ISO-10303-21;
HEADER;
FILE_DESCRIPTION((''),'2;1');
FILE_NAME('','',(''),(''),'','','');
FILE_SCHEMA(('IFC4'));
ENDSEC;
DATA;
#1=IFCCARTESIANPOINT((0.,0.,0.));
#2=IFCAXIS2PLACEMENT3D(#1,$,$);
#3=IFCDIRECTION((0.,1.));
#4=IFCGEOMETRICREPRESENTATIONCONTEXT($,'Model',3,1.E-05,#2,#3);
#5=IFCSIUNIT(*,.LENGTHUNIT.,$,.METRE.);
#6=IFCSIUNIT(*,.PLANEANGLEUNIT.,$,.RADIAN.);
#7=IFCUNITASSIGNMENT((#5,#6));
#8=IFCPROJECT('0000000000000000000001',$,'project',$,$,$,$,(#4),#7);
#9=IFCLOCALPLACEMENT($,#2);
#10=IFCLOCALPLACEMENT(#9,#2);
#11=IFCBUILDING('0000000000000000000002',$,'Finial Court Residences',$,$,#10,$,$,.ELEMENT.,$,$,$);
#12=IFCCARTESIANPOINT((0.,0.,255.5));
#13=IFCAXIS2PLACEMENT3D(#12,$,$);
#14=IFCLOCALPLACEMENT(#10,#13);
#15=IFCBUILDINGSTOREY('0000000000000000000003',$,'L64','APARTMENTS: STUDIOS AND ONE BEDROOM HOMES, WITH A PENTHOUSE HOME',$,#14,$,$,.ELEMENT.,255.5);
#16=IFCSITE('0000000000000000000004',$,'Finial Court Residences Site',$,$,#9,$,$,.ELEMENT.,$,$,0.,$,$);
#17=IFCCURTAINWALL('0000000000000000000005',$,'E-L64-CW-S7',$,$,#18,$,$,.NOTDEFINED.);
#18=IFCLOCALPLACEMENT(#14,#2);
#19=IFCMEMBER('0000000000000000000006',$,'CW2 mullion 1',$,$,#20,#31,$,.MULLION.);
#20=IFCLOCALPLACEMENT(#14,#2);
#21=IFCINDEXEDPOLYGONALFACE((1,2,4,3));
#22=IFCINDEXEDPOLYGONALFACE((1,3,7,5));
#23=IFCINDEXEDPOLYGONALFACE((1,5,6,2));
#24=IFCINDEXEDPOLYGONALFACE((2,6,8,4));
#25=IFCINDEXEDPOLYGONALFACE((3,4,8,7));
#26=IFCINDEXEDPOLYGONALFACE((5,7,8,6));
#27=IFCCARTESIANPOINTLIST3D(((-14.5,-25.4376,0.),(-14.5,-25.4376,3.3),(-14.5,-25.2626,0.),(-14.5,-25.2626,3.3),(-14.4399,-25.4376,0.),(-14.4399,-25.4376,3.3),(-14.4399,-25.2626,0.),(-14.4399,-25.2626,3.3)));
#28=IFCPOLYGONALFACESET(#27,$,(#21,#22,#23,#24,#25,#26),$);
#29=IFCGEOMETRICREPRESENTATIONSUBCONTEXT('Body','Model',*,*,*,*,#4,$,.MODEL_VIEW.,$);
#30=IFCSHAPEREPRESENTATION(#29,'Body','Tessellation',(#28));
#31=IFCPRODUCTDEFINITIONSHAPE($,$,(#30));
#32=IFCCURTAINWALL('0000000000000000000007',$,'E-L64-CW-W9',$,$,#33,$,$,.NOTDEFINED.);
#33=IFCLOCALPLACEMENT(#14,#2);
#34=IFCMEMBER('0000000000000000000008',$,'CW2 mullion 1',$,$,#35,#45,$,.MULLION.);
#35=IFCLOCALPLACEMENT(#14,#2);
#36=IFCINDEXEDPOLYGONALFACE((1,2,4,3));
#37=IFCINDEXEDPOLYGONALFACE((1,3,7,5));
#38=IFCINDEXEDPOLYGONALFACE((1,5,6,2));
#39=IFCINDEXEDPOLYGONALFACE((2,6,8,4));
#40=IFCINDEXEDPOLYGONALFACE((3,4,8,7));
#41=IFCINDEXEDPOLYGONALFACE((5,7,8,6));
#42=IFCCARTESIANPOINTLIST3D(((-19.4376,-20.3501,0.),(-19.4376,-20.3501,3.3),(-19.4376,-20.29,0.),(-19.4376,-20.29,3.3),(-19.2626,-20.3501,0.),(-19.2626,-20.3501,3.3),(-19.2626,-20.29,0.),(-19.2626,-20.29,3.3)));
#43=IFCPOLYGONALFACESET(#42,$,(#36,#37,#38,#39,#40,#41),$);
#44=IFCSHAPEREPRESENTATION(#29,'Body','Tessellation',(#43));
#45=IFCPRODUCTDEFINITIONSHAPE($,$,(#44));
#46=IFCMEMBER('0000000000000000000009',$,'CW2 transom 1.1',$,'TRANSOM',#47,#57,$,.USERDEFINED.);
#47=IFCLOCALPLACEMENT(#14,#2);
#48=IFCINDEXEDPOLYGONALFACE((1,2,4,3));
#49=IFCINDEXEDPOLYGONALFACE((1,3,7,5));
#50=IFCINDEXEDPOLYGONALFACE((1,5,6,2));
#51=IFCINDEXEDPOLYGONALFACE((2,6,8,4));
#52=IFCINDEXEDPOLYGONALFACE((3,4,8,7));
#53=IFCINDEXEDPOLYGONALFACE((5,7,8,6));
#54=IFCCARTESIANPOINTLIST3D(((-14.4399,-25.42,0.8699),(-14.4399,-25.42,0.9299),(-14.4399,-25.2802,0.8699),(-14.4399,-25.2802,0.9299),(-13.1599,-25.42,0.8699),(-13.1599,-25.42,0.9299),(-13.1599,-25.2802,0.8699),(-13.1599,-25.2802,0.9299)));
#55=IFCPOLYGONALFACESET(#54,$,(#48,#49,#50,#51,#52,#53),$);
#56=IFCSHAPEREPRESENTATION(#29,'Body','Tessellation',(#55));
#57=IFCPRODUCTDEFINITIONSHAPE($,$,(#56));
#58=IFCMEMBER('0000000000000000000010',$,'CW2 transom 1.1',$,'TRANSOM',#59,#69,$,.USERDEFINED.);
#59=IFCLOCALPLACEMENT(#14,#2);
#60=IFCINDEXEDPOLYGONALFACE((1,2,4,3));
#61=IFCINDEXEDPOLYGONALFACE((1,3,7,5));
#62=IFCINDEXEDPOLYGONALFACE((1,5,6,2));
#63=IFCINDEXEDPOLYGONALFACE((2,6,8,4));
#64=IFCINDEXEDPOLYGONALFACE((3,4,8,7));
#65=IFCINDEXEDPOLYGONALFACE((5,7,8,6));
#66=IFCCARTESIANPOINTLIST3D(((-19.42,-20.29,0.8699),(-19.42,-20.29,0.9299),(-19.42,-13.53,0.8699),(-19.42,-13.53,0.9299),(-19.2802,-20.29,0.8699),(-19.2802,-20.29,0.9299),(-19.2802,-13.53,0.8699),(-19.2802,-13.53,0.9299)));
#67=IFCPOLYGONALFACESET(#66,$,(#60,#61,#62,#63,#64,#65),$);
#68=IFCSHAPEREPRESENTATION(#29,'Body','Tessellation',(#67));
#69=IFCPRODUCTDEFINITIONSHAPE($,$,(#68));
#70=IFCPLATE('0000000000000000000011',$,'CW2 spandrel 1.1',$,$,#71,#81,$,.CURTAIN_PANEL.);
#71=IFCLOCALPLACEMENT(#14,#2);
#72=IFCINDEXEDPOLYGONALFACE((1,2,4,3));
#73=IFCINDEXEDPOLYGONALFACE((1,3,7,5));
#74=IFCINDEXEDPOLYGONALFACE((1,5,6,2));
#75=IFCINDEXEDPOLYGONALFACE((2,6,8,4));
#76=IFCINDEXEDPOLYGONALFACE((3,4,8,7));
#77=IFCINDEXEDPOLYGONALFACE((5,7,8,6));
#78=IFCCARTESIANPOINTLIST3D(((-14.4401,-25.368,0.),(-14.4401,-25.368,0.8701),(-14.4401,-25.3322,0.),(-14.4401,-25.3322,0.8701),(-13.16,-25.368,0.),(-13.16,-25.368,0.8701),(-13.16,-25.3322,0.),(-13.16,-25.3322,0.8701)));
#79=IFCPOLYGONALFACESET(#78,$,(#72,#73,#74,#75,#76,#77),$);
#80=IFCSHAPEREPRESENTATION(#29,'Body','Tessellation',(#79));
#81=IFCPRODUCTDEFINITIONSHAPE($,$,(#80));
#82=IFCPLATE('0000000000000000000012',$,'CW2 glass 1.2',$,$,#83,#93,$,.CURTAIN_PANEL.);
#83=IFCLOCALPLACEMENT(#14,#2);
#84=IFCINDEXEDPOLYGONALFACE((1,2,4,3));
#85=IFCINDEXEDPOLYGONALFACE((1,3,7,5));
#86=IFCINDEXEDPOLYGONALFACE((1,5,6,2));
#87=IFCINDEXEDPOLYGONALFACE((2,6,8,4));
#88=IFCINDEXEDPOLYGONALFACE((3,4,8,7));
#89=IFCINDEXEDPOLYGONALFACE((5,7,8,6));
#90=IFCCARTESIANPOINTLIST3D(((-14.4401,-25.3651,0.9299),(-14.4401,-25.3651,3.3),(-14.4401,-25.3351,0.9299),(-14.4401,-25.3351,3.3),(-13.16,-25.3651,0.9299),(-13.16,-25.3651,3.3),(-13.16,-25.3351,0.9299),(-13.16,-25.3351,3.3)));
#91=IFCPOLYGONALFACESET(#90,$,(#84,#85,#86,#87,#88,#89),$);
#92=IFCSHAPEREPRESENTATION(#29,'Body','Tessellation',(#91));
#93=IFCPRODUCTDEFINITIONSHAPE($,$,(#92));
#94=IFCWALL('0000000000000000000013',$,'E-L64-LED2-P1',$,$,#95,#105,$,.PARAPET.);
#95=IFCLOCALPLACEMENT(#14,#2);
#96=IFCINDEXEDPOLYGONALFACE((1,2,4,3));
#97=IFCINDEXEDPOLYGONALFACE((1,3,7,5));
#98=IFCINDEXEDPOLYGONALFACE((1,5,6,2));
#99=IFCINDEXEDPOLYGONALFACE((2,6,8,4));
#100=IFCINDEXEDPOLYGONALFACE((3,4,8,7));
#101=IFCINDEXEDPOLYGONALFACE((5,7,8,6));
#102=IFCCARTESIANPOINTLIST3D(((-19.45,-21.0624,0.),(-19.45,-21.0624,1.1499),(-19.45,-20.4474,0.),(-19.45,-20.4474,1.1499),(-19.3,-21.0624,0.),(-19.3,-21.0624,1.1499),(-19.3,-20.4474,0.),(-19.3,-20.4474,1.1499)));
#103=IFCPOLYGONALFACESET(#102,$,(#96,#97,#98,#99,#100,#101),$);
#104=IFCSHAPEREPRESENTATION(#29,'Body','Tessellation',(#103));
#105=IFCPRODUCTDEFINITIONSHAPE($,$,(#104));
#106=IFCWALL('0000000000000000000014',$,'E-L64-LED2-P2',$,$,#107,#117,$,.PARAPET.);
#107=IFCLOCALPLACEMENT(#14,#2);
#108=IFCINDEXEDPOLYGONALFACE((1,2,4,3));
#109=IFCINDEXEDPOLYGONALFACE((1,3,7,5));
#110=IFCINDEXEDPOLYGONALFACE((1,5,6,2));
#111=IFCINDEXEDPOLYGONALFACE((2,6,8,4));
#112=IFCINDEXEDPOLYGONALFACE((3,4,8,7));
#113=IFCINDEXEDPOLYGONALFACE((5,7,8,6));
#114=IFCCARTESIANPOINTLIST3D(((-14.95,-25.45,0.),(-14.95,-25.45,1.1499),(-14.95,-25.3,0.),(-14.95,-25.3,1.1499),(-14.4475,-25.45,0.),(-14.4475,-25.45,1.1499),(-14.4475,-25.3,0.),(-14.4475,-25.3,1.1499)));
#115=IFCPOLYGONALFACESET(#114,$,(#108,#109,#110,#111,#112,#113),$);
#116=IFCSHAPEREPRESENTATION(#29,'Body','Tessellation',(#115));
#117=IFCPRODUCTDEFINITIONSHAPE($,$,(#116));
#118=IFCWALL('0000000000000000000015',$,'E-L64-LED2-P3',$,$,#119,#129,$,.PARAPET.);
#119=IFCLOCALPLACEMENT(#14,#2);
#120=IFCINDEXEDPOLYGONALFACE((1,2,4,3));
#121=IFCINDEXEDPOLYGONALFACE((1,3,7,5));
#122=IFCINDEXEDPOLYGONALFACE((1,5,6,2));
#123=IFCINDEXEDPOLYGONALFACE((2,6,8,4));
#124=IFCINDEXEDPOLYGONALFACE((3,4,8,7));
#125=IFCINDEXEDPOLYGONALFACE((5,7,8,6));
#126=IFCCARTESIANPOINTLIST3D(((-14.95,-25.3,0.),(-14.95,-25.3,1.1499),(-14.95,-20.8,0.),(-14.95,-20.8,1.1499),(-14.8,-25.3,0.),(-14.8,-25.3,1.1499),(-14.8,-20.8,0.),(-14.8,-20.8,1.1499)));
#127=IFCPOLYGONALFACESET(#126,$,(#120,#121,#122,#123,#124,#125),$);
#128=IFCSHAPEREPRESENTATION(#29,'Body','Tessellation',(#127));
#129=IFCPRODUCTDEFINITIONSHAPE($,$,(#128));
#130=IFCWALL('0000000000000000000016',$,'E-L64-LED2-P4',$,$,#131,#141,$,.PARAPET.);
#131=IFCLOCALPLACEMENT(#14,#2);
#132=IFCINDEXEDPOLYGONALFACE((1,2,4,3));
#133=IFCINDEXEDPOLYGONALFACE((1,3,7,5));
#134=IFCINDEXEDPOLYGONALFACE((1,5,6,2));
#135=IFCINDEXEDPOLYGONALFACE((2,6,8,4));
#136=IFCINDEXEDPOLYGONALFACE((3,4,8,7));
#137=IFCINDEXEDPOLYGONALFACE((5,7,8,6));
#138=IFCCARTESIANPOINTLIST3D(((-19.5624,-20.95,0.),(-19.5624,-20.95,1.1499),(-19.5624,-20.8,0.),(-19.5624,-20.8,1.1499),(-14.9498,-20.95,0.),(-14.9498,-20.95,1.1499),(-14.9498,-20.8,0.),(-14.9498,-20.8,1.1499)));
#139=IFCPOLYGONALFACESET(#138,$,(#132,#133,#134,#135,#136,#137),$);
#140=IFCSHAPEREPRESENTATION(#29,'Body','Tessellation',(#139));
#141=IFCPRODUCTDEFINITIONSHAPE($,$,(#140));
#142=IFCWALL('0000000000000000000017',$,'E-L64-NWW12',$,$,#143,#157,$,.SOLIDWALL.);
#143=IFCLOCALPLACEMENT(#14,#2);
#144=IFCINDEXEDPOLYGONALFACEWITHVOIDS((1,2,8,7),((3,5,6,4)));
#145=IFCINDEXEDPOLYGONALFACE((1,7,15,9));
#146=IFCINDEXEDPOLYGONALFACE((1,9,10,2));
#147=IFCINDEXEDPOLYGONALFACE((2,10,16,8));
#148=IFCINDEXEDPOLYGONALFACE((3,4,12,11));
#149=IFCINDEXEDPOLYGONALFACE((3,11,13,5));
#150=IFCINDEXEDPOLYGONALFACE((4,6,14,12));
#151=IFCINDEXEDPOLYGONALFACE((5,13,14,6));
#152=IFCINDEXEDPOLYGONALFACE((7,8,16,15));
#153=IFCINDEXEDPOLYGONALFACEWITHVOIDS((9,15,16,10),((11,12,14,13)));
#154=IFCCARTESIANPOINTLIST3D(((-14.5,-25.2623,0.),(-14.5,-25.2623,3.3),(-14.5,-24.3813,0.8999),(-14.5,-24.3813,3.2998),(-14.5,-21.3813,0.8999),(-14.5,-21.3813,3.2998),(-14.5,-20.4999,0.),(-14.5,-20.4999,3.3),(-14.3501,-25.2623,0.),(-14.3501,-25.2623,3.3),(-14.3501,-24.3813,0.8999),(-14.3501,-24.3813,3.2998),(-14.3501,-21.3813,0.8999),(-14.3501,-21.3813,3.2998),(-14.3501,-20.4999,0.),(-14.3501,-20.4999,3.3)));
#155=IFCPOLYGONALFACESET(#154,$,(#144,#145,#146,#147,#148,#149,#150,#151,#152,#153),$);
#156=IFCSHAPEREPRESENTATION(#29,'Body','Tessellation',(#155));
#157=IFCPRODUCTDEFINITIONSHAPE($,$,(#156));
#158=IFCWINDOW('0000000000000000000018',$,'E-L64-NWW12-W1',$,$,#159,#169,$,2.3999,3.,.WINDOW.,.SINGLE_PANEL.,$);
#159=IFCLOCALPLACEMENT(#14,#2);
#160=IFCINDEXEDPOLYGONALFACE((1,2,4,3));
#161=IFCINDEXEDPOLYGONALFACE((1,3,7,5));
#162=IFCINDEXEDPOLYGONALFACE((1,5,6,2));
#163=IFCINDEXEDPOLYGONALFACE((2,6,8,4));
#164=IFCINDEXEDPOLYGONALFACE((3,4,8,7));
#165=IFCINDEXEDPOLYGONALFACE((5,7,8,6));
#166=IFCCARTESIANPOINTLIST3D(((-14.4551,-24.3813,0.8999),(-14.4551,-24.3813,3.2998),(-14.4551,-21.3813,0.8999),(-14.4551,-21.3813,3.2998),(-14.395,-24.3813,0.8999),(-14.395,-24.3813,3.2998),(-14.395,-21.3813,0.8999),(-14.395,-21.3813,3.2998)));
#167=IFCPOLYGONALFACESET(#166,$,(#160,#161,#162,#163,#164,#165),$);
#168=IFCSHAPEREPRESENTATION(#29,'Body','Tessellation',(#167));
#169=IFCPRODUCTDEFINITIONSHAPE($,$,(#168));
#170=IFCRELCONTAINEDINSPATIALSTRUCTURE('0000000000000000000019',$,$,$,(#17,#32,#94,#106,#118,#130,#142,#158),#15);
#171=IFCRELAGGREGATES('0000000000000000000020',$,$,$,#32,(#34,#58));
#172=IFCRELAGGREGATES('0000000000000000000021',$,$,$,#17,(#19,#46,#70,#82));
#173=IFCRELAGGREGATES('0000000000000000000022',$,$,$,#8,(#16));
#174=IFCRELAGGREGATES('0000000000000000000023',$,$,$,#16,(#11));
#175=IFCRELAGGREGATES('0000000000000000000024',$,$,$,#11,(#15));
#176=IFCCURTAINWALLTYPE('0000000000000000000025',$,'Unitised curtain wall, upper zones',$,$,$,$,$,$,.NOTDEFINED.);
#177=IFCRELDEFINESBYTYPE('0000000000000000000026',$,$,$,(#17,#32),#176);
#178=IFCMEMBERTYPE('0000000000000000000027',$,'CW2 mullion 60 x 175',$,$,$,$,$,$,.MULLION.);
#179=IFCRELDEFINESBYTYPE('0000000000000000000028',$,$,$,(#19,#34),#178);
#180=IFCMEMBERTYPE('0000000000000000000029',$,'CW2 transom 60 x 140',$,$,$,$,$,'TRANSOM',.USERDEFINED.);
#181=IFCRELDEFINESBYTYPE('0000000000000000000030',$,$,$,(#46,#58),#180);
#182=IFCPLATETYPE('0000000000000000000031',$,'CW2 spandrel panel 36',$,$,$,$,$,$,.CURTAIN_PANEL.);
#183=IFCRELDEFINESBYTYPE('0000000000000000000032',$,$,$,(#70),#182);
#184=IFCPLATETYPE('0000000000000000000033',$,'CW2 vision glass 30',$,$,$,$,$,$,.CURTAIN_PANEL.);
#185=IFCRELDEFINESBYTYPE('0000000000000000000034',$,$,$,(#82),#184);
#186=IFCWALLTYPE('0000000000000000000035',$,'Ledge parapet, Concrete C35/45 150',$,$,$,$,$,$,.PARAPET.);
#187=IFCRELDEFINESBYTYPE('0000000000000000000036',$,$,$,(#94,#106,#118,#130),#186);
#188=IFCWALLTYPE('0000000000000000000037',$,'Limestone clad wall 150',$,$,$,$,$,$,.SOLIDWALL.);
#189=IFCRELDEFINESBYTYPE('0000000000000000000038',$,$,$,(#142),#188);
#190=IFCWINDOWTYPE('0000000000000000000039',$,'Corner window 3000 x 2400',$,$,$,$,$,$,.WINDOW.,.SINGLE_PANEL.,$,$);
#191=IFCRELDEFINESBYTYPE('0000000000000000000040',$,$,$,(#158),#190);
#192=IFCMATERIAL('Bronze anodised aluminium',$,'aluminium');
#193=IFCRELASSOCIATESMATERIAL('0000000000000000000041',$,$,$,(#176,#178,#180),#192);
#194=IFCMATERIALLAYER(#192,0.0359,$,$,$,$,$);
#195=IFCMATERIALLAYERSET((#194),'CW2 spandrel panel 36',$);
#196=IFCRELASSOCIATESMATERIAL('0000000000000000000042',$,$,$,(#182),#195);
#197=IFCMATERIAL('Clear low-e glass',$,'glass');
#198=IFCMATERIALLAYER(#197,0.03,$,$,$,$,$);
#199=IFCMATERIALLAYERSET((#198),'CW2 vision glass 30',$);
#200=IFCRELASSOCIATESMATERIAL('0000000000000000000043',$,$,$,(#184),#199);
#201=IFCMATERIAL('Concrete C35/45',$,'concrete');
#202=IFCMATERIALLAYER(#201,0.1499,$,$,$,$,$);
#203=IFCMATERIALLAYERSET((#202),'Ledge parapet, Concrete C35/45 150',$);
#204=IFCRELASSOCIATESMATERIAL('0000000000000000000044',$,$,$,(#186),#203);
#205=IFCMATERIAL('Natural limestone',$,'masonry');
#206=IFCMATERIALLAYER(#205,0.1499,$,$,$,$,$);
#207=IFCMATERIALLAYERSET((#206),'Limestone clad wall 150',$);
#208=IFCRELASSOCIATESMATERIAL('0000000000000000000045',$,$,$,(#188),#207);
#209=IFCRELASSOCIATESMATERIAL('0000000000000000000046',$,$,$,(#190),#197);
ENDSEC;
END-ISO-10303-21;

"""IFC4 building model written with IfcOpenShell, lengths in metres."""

from ifc_helpers import new_model, si_unit, direction, frame, frame_2d, origin, origin_2d, place, context, subcontext, project, spatial, rectangle, extrude, material, layer, layer_set, material_profile, profile_set, type_object, element, fill, aggregate, save


model = new_model("IFC4")

# Units and contexts
model_context = context("Model", 3, precision=1e-05, world=origin(), true_north=direction((0.0, 1.0)))
body_context = subcontext(model_context, "Body", "Model", "MODEL_VIEW")
ifc_project = project(units=[si_unit("LENGTHUNIT", "METRE"), si_unit("PLANEANGLEUNIT", "RADIAN")], contexts=[model_context])

# Site, building, storey
site_placement = place(None, origin())
site = spatial("IfcSite", under=ifc_project, at=site_placement, Name="Finial Court Residences Site", CompositionType="ELEMENT", RefElevation=0.0)
building_placement = place(site_placement, origin())
building = spatial("IfcBuilding", under=site, at=building_placement, Name="Finial Court Residences", CompositionType="ELEMENT")
storey_placement = place(building_placement, frame((0.0, 0.0, 255.5)))
storey = spatial("IfcBuildingStorey", under=building, at=storey_placement, Name="L64", Description="APARTMENTS: STUDIOS AND ONE BEDROOM HOMES, WITH A PENTHOUSE HOME", CompositionType="ELEMENT", Elevation=255.5)

# Curtain walls, members
ifc_material_1 = material(Name="Bronze anodised aluminium", Category="aluminium")
curtain_wall_type = type_object("IfcCurtainWallType", Name="Unitised curtain wall, upper zones", PredefinedType="NOTDEFINED", material=ifc_material_1)
curtain_wall_1_placement = place(storey_placement, origin())
curtain_wall_1 = element("IfcCurtainWall", 1, at=curtain_wall_1_placement, inside=storey, type_object=curtain_wall_type, Name="E-L64-CW-S7", PredefinedType="NOTDEFINED")
ifc_material_profile_1 = material_profile(ifc_material_1, rectangle(XDim=0.175, YDim=0.0601, at=origin_2d()), Name="CW2 mullion 60 x 175")
ifc_profile_set_1 = profile_set([ifc_material_profile_1], Name="Bronze anodised aluminium")
member_type_1 = type_object("IfcMemberType", Name="CW2 mullion 60 x 175", PredefinedType="MULLION", material=ifc_profile_set_1)
member_1_placement = place(storey_placement, frame((-14.47, -25.3501, 0.0), z_axis=(0.0, 0.0, 1.0), x_axis=(0.0, 1.0, 0.0)))
member_1 = element("IfcMember", 2, at=member_1_placement, type_object=member_type_1, Name="CW2 mullion 1", PredefinedType="MULLION", context=body_context, shape_type="SweptSolid", body=[
    extrude(rectangle(XDim=0.175, YDim=0.0601, at=origin_2d()), origin(), (0.0, 0.0, 1.0), 3.3),
])
curtain_wall_2_placement = place(storey_placement, origin())
curtain_wall_2 = element("IfcCurtainWall", 3, at=curtain_wall_2_placement, inside=storey, type_object=curtain_wall_type, Name="E-L64-CW-W9", PredefinedType="NOTDEFINED")
member_2_placement = place(storey_placement, frame((-19.3501, -20.3201, 0.0), z_axis=(0.0, 0.0, 1.0), x_axis=(-1.0, 0.0, 0.0)))
member_2 = element("IfcMember", 4, at=member_2_placement, type_object=member_type_1, Name="CW2 mullion 1", PredefinedType="MULLION", context=body_context, shape_type="SweptSolid", body=[
    extrude(rectangle(XDim=0.175, YDim=0.0601, at=origin_2d()), origin(), (0.0, 0.0, 1.0), 3.3),
])

# Members
ifc_material_profile_2 = material_profile(ifc_material_1, rectangle(XDim=0.1399, YDim=0.0601, at=origin_2d()), Name="CW2 transom 60 x 140")
ifc_profile_set_2 = profile_set([ifc_material_profile_2], Name="Bronze anodised aluminium")
member_type_2 = type_object("IfcMemberType", Name="CW2 transom 60 x 140", ElementType="TRANSOM", PredefinedType="USERDEFINED", material=ifc_profile_set_2)
member_3_placement = place(storey_placement, frame((-14.4399, -25.3501, 0.8999), z_axis=(1.0, 0.0, 0.0), x_axis=(0.0, 1.0, 0.0)))
member_3 = element("IfcMember", 5, at=member_3_placement, type_object=member_type_2, Name="CW2 transom 1.1", ObjectType="TRANSOM", PredefinedType="USERDEFINED", context=body_context, shape_type="SweptSolid", body=[
    extrude(rectangle(XDim=0.1399, YDim=0.0601, at=origin_2d()), origin(), (0.0, 0.0, 1.0), 1.28),
])
member_4_placement = place(storey_placement, frame((-19.3501, -20.29, 0.8999), z_axis=(0.0, 1.0, 0.0), x_axis=(-1.0, 0.0, 0.0)))
member_4 = element("IfcMember", 6, at=member_4_placement, type_object=member_type_2, Name="CW2 transom 1.1", ObjectType="TRANSOM", PredefinedType="USERDEFINED", context=body_context, shape_type="SweptSolid", body=[
    extrude(rectangle(XDim=0.1399, YDim=0.0601, at=origin_2d()), origin(), (0.0, 0.0, 1.0), 6.76),
])
aggregate(curtain_wall_2, [member_2, member_4])

# Plates
ifc_layer_1 = layer(ifc_material_1, 0.0359)
ifc_layer_set_1 = layer_set([ifc_layer_1], Name="CW2 spandrel panel 36")
plate_type_1 = type_object("IfcPlateType", Name="CW2 spandrel panel 36", PredefinedType="CURTAIN_PANEL", material=ifc_layer_set_1)
plate_1_placement = place(storey_placement, frame((-13.8, -25.3501, 0.0), z_axis=(0.0, 0.0, 1.0), x_axis=(1.0, 0.0, 0.0)))
plate_1 = element("IfcPlate", 7, at=plate_1_placement, type_object=plate_type_1, Name="CW2 spandrel 1.1", PredefinedType="CURTAIN_PANEL", context=body_context, shape_type="SweptSolid", body=[
    extrude(rectangle(XDim=1.28, YDim=0.0359, at=origin_2d()), origin(), (0.0, 0.0, 1.0), 0.8701),
])
ifc_material_2 = material(Name="Clear low-e glass", Category="glass")
ifc_layer_2 = layer(ifc_material_2, 0.03)
ifc_layer_set_2 = layer_set([ifc_layer_2], Name="CW2 vision glass 30")
plate_type_2 = type_object("IfcPlateType", Name="CW2 vision glass 30", PredefinedType="CURTAIN_PANEL", material=ifc_layer_set_2)
plate_2_placement = place(storey_placement, frame((-13.8, -25.3501, 0.9299), z_axis=(0.0, 0.0, 1.0), x_axis=(1.0, 0.0, 0.0)))
plate_2 = element("IfcPlate", 8, at=plate_2_placement, type_object=plate_type_2, Name="CW2 glass 1.2", PredefinedType="CURTAIN_PANEL", context=body_context, shape_type="SweptSolid", body=[
    extrude(rectangle(XDim=1.28, YDim=0.03, at=origin_2d()), origin(), (0.0, 0.0, 1.0), 2.3701),
])
aggregate(curtain_wall_1, [member_1, member_3, plate_1, plate_2])

# Walls
ifc_material_3 = material(Name="Concrete C35/45", Category="concrete")
ifc_layer_3 = layer(ifc_material_3, 0.1499)
ifc_layer_set_3 = layer_set([ifc_layer_3], Name="Ledge parapet, Concrete C35/45 150")
wall_type_1 = type_object("IfcWallType", Name="Ledge parapet, Concrete C35/45 150", PredefinedType="PARAPET", material=ifc_layer_set_3)
wall_1_placement = place(storey_placement, frame((-19.375, -21.0625, 0.0), z_axis=(0.0, 0.0, 1.0), x_axis=(0.0, 1.0, 0.0)))
element("IfcWall", 9, at=wall_1_placement, inside=storey, type_object=wall_type_1, Name="E-L64-LED2-P1", PredefinedType="PARAPET", context=body_context, shape_type="SweptSolid", body=[
    extrude(rectangle(XDim=0.615, YDim=0.1499, at=frame_2d((0.3076, 0.0))), origin(), (0.0, 0.0, 1.0), 1.1499),
])
wall_2_placement = place(storey_placement, frame((-14.4475, -25.375, 0.0), z_axis=(0.0, 0.0, 1.0), x_axis=(-1.0, 0.0, 0.0)))
element("IfcWall", 10, at=wall_2_placement, inside=storey, type_object=wall_type_1, Name="E-L64-LED2-P2", PredefinedType="PARAPET", context=body_context, shape_type="SweptSolid", body=[
    extrude(rectangle(XDim=0.5024, YDim=0.1499, at=frame_2d((0.2512, 0.0))), origin(), (0.0, 0.0, 1.0), 1.1499),
])
wall_3_placement = place(storey_placement, frame((-14.875, -25.3, 0.0), z_axis=(0.0, 0.0, 1.0), x_axis=(0.0, 1.0, 0.0)))
element("IfcWall", 11, at=wall_3_placement, inside=storey, type_object=wall_type_1, Name="E-L64-LED2-P3", PredefinedType="PARAPET", context=body_context, shape_type="SweptSolid", body=[
    extrude(rectangle(XDim=4.5, YDim=0.1499, at=frame_2d((2.25, 0.0))), origin(), (0.0, 0.0, 1.0), 1.1499),
])
wall_4_placement = place(storey_placement, frame((-14.95, -20.875, 0.0), z_axis=(0.0, 0.0, 1.0), x_axis=(-1.0, 0.0, 0.0)))
element("IfcWall", 12, at=wall_4_placement, inside=storey, type_object=wall_type_1, Name="E-L64-LED2-P4", PredefinedType="PARAPET", context=body_context, shape_type="SweptSolid", body=[
    extrude(rectangle(XDim=4.6125, YDim=0.1499, at=frame_2d((2.3062, 0.0))), origin(), (0.0, 0.0, 1.0), 1.1499),
])

# Wall, opening, window
ifc_material_4 = material(Name="Natural limestone", Category="masonry")
ifc_layer_4 = layer(ifc_material_4, 0.1499)
ifc_layer_set_4 = layer_set([ifc_layer_4], Name="Limestone clad wall 150")
wall_type_2 = type_object("IfcWallType", Name="Limestone clad wall 150", PredefinedType="SOLIDWALL", material=ifc_layer_set_4)
wall_5_placement = place(storey_placement, frame((-14.425, -25.2625, 0.0), z_axis=(0.0, 0.0, 1.0), x_axis=(0.0, 1.0, 0.0)))
wall_5 = element("IfcWall", 13, at=wall_5_placement, inside=storey, type_object=wall_type_2, Name="E-L64-NWW12", PredefinedType="SOLIDWALL", context=body_context, shape_type="SweptSolid", body=[
    extrude(rectangle(XDim=4.7625, YDim=0.1499, at=frame_2d((2.3813, 0.0))), origin(), (0.0, 0.0, 1.0), 3.3),
])
opening_1_placement = place(wall_5_placement, frame((0.8811, 0.0, 0.8999)))
opening_1 = element("IfcOpeningElement", 14, at=opening_1_placement, cuts=wall_5, PredefinedType="OPENING", context=body_context, shape_type="SweptSolid", body=[
    extrude(rectangle(XDim=3.0, YDim=2.3999, at=frame_2d((1.5, 1.2))), frame((0.0, 0.085, 0.0), z_axis=(0.0, -1.0, 0.0), x_axis=(1.0, 0.0, 0.0)), (0.0, 0.0, 1.0), 0.1699),
])
window_type = type_object("IfcWindowType", Name="Corner window 3000 x 2400", PartitioningType="SINGLE_PANEL", PredefinedType="WINDOW", material=ifc_material_2)
window_1_placement = place(opening_1_placement, origin())
window_1 = element("IfcWindow", 15, at=window_1_placement, inside=storey, type_object=window_type, Name="E-L64-NWW12-W1", OverallHeight=2.3999, OverallWidth=3.0, PartitioningType="SINGLE_PANEL", PredefinedType="WINDOW", context=body_context, shape_type="SweptSolid", body=[
    extrude(rectangle(XDim=3.0, YDim=2.3999, at=frame_2d((1.5, 1.2))), frame((0.0, 0.03, 0.0), z_axis=(0.0, -1.0, 0.0), x_axis=(1.0, 0.0, 0.0)), (0.0, 0.0, 1.0), 0.0601),
])
fill(opening_1, window_1)

save(model, "model.ifc")
